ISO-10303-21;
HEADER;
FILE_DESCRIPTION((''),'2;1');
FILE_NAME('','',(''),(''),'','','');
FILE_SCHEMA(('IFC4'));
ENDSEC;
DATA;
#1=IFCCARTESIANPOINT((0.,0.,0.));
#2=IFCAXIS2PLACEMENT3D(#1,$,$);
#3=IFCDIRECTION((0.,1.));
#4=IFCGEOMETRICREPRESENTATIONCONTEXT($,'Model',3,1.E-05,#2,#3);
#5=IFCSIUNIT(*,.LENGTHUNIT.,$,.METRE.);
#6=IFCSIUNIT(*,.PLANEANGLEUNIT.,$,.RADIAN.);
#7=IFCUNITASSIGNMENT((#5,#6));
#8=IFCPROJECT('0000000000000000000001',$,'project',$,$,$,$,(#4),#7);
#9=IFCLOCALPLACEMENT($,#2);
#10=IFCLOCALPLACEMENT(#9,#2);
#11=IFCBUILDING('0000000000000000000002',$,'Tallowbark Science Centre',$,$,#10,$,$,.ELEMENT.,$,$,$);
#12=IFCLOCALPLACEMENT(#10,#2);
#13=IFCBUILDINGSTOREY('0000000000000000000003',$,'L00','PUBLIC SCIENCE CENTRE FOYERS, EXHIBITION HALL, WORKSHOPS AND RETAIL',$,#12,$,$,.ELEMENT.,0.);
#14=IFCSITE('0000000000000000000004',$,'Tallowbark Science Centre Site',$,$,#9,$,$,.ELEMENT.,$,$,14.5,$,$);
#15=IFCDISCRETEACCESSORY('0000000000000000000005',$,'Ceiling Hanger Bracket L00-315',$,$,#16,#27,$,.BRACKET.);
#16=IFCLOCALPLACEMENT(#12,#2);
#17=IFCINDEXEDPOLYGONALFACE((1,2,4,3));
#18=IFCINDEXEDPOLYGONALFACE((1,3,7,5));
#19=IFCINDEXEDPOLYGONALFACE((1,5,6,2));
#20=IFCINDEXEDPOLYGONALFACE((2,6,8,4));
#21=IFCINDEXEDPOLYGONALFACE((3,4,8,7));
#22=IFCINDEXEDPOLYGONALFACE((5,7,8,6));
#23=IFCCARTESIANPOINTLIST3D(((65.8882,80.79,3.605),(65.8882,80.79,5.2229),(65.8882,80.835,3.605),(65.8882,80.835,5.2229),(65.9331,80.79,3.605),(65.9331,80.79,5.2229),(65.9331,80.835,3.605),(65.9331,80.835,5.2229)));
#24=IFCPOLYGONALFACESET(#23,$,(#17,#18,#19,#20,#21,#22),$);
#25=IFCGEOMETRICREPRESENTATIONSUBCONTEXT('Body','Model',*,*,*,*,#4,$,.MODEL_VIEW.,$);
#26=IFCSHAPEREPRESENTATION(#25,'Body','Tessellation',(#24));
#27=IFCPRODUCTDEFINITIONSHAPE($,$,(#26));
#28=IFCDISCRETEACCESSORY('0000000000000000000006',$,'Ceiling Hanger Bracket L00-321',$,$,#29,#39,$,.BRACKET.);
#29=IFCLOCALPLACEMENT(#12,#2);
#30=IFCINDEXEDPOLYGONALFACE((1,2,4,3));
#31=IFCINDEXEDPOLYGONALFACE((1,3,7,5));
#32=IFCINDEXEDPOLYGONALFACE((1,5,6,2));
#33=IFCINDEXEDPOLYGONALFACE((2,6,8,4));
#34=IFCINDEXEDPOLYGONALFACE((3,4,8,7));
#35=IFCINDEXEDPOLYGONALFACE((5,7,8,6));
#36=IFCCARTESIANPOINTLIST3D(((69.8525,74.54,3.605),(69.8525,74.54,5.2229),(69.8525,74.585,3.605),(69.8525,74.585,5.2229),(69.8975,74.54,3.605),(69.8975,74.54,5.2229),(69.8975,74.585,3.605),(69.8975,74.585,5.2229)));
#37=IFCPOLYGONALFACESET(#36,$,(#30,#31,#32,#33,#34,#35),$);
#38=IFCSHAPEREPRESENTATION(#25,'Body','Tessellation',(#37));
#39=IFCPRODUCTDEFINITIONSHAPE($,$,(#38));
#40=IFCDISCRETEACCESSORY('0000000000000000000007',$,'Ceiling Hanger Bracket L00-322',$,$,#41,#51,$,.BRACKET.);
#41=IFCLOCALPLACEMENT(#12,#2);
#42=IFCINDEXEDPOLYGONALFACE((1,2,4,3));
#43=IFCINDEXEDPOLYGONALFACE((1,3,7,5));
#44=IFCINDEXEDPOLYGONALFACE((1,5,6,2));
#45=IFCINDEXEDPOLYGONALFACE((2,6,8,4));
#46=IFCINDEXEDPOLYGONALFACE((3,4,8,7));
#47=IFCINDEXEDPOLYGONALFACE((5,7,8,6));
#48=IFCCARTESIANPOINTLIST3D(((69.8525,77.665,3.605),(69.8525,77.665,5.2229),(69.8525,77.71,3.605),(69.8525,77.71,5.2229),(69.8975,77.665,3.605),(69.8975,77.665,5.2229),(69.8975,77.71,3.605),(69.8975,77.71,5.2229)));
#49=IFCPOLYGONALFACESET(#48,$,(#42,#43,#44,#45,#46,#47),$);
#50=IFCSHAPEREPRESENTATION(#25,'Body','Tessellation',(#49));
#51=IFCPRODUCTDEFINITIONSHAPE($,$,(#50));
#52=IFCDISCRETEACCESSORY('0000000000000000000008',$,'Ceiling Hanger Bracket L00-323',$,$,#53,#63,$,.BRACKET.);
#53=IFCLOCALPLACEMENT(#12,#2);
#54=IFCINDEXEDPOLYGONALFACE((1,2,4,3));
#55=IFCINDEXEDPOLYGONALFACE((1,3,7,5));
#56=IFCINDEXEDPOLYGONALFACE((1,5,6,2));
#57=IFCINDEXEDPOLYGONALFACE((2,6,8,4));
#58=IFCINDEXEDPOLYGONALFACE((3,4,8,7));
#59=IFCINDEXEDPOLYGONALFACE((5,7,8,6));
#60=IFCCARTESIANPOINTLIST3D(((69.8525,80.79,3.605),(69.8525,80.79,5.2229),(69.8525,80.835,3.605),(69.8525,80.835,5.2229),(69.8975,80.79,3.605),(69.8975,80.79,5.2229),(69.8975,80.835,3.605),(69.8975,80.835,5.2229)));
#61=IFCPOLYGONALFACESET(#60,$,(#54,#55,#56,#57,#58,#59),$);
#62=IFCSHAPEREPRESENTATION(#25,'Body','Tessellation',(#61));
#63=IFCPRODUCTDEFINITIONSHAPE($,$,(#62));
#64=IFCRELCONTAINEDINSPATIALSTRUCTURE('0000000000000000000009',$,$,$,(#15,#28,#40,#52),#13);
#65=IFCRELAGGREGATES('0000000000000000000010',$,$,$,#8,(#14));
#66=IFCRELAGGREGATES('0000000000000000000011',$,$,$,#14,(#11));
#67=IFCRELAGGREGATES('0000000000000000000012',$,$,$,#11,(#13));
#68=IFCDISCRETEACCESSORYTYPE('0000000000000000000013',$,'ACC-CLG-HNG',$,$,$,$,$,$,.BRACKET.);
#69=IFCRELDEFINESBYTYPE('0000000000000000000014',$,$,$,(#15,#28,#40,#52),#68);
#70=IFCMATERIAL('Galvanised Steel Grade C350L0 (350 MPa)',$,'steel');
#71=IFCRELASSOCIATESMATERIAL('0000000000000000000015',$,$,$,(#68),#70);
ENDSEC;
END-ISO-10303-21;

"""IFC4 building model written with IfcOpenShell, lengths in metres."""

from ifc_helpers import new_model, si_unit, direction, frame, origin, origin_2d, place, context, subcontext, project, spatial, rectangle, extrude, material, type_object, element, save


model = new_model("IFC4")

# Units and contexts
model_context = context("Model", 3, precision=1e-05, world=origin(), true_north=direction((0.0, 1.0)))
body_context = subcontext(model_context, "Body", "Model", "MODEL_VIEW")
ifc_project = project(units=[si_unit("LENGTHUNIT", "METRE"), si_unit("PLANEANGLEUNIT", "RADIAN")], contexts=[model_context])

# Site, building, storey
site_placement = place(None, origin())
site = spatial("IfcSite", under=ifc_project, at=site_placement, Name="Tallowbark Science Centre Site", CompositionType="ELEMENT", RefElevation=14.5)
building_placement = place(site_placement, origin())
building = spatial("IfcBuilding", under=site, at=building_placement, Name="Tallowbark Science Centre", CompositionType="ELEMENT")
storey_placement = place(building_placement, origin())
storey = spatial("IfcBuildingStorey", under=building, at=storey_placement, Name="L00", Description="PUBLIC SCIENCE CENTRE FOYERS, EXHIBITION HALL, WORKSHOPS AND RETAIL", CompositionType="ELEMENT", Elevation=0.0)

# Discrete accessories
ifc_material_1 = material(Name="Galvanised Steel Grade C350L0 (350 MPa)", Category="steel")
discrete_accessory_type = type_object("IfcDiscreteAccessoryType", Name="ACC-CLG-HNG", PredefinedType="BRACKET", material=ifc_material_1)
for number, where, z_axis, x_axis, name in (
    (1, (65.9106, 80.8125, 3.605), (0.0, 0.0, 1.0), (1.0, 0.0, 0.0), "Ceiling Hanger Bracket L00-315"),
    (2, (69.875, 74.5625, 3.605), (0.0, 0.0, 1.0), (1.0, 0.0, 0.0), "Ceiling Hanger Bracket L00-321"),
    (3, (69.875, 77.6875, 3.605), (0.0, 0.0, 1.0), (1.0, 0.0, 0.0), "Ceiling Hanger Bracket L00-322"),
    (4, (69.875, 80.8125, 3.605), (0.0, 0.0, 1.0), (1.0, 0.0, 0.0), "Ceiling Hanger Bracket L00-323"),
):
    element("IfcDiscreteAccessory", number, at=place(storey_placement, frame(where, z_axis=z_axis, x_axis=x_axis)), inside=storey, type_object=discrete_accessory_type, Name=name, PredefinedType="BRACKET", context=body_context, shape_type="SweptSolid", body=[
        extrude(rectangle(XDim=0.0449, YDim=0.0449, at=origin_2d()), origin(), (0.0, 0.0, 1.0), 1.6179),
    ])

save(model, "model.ifc")
